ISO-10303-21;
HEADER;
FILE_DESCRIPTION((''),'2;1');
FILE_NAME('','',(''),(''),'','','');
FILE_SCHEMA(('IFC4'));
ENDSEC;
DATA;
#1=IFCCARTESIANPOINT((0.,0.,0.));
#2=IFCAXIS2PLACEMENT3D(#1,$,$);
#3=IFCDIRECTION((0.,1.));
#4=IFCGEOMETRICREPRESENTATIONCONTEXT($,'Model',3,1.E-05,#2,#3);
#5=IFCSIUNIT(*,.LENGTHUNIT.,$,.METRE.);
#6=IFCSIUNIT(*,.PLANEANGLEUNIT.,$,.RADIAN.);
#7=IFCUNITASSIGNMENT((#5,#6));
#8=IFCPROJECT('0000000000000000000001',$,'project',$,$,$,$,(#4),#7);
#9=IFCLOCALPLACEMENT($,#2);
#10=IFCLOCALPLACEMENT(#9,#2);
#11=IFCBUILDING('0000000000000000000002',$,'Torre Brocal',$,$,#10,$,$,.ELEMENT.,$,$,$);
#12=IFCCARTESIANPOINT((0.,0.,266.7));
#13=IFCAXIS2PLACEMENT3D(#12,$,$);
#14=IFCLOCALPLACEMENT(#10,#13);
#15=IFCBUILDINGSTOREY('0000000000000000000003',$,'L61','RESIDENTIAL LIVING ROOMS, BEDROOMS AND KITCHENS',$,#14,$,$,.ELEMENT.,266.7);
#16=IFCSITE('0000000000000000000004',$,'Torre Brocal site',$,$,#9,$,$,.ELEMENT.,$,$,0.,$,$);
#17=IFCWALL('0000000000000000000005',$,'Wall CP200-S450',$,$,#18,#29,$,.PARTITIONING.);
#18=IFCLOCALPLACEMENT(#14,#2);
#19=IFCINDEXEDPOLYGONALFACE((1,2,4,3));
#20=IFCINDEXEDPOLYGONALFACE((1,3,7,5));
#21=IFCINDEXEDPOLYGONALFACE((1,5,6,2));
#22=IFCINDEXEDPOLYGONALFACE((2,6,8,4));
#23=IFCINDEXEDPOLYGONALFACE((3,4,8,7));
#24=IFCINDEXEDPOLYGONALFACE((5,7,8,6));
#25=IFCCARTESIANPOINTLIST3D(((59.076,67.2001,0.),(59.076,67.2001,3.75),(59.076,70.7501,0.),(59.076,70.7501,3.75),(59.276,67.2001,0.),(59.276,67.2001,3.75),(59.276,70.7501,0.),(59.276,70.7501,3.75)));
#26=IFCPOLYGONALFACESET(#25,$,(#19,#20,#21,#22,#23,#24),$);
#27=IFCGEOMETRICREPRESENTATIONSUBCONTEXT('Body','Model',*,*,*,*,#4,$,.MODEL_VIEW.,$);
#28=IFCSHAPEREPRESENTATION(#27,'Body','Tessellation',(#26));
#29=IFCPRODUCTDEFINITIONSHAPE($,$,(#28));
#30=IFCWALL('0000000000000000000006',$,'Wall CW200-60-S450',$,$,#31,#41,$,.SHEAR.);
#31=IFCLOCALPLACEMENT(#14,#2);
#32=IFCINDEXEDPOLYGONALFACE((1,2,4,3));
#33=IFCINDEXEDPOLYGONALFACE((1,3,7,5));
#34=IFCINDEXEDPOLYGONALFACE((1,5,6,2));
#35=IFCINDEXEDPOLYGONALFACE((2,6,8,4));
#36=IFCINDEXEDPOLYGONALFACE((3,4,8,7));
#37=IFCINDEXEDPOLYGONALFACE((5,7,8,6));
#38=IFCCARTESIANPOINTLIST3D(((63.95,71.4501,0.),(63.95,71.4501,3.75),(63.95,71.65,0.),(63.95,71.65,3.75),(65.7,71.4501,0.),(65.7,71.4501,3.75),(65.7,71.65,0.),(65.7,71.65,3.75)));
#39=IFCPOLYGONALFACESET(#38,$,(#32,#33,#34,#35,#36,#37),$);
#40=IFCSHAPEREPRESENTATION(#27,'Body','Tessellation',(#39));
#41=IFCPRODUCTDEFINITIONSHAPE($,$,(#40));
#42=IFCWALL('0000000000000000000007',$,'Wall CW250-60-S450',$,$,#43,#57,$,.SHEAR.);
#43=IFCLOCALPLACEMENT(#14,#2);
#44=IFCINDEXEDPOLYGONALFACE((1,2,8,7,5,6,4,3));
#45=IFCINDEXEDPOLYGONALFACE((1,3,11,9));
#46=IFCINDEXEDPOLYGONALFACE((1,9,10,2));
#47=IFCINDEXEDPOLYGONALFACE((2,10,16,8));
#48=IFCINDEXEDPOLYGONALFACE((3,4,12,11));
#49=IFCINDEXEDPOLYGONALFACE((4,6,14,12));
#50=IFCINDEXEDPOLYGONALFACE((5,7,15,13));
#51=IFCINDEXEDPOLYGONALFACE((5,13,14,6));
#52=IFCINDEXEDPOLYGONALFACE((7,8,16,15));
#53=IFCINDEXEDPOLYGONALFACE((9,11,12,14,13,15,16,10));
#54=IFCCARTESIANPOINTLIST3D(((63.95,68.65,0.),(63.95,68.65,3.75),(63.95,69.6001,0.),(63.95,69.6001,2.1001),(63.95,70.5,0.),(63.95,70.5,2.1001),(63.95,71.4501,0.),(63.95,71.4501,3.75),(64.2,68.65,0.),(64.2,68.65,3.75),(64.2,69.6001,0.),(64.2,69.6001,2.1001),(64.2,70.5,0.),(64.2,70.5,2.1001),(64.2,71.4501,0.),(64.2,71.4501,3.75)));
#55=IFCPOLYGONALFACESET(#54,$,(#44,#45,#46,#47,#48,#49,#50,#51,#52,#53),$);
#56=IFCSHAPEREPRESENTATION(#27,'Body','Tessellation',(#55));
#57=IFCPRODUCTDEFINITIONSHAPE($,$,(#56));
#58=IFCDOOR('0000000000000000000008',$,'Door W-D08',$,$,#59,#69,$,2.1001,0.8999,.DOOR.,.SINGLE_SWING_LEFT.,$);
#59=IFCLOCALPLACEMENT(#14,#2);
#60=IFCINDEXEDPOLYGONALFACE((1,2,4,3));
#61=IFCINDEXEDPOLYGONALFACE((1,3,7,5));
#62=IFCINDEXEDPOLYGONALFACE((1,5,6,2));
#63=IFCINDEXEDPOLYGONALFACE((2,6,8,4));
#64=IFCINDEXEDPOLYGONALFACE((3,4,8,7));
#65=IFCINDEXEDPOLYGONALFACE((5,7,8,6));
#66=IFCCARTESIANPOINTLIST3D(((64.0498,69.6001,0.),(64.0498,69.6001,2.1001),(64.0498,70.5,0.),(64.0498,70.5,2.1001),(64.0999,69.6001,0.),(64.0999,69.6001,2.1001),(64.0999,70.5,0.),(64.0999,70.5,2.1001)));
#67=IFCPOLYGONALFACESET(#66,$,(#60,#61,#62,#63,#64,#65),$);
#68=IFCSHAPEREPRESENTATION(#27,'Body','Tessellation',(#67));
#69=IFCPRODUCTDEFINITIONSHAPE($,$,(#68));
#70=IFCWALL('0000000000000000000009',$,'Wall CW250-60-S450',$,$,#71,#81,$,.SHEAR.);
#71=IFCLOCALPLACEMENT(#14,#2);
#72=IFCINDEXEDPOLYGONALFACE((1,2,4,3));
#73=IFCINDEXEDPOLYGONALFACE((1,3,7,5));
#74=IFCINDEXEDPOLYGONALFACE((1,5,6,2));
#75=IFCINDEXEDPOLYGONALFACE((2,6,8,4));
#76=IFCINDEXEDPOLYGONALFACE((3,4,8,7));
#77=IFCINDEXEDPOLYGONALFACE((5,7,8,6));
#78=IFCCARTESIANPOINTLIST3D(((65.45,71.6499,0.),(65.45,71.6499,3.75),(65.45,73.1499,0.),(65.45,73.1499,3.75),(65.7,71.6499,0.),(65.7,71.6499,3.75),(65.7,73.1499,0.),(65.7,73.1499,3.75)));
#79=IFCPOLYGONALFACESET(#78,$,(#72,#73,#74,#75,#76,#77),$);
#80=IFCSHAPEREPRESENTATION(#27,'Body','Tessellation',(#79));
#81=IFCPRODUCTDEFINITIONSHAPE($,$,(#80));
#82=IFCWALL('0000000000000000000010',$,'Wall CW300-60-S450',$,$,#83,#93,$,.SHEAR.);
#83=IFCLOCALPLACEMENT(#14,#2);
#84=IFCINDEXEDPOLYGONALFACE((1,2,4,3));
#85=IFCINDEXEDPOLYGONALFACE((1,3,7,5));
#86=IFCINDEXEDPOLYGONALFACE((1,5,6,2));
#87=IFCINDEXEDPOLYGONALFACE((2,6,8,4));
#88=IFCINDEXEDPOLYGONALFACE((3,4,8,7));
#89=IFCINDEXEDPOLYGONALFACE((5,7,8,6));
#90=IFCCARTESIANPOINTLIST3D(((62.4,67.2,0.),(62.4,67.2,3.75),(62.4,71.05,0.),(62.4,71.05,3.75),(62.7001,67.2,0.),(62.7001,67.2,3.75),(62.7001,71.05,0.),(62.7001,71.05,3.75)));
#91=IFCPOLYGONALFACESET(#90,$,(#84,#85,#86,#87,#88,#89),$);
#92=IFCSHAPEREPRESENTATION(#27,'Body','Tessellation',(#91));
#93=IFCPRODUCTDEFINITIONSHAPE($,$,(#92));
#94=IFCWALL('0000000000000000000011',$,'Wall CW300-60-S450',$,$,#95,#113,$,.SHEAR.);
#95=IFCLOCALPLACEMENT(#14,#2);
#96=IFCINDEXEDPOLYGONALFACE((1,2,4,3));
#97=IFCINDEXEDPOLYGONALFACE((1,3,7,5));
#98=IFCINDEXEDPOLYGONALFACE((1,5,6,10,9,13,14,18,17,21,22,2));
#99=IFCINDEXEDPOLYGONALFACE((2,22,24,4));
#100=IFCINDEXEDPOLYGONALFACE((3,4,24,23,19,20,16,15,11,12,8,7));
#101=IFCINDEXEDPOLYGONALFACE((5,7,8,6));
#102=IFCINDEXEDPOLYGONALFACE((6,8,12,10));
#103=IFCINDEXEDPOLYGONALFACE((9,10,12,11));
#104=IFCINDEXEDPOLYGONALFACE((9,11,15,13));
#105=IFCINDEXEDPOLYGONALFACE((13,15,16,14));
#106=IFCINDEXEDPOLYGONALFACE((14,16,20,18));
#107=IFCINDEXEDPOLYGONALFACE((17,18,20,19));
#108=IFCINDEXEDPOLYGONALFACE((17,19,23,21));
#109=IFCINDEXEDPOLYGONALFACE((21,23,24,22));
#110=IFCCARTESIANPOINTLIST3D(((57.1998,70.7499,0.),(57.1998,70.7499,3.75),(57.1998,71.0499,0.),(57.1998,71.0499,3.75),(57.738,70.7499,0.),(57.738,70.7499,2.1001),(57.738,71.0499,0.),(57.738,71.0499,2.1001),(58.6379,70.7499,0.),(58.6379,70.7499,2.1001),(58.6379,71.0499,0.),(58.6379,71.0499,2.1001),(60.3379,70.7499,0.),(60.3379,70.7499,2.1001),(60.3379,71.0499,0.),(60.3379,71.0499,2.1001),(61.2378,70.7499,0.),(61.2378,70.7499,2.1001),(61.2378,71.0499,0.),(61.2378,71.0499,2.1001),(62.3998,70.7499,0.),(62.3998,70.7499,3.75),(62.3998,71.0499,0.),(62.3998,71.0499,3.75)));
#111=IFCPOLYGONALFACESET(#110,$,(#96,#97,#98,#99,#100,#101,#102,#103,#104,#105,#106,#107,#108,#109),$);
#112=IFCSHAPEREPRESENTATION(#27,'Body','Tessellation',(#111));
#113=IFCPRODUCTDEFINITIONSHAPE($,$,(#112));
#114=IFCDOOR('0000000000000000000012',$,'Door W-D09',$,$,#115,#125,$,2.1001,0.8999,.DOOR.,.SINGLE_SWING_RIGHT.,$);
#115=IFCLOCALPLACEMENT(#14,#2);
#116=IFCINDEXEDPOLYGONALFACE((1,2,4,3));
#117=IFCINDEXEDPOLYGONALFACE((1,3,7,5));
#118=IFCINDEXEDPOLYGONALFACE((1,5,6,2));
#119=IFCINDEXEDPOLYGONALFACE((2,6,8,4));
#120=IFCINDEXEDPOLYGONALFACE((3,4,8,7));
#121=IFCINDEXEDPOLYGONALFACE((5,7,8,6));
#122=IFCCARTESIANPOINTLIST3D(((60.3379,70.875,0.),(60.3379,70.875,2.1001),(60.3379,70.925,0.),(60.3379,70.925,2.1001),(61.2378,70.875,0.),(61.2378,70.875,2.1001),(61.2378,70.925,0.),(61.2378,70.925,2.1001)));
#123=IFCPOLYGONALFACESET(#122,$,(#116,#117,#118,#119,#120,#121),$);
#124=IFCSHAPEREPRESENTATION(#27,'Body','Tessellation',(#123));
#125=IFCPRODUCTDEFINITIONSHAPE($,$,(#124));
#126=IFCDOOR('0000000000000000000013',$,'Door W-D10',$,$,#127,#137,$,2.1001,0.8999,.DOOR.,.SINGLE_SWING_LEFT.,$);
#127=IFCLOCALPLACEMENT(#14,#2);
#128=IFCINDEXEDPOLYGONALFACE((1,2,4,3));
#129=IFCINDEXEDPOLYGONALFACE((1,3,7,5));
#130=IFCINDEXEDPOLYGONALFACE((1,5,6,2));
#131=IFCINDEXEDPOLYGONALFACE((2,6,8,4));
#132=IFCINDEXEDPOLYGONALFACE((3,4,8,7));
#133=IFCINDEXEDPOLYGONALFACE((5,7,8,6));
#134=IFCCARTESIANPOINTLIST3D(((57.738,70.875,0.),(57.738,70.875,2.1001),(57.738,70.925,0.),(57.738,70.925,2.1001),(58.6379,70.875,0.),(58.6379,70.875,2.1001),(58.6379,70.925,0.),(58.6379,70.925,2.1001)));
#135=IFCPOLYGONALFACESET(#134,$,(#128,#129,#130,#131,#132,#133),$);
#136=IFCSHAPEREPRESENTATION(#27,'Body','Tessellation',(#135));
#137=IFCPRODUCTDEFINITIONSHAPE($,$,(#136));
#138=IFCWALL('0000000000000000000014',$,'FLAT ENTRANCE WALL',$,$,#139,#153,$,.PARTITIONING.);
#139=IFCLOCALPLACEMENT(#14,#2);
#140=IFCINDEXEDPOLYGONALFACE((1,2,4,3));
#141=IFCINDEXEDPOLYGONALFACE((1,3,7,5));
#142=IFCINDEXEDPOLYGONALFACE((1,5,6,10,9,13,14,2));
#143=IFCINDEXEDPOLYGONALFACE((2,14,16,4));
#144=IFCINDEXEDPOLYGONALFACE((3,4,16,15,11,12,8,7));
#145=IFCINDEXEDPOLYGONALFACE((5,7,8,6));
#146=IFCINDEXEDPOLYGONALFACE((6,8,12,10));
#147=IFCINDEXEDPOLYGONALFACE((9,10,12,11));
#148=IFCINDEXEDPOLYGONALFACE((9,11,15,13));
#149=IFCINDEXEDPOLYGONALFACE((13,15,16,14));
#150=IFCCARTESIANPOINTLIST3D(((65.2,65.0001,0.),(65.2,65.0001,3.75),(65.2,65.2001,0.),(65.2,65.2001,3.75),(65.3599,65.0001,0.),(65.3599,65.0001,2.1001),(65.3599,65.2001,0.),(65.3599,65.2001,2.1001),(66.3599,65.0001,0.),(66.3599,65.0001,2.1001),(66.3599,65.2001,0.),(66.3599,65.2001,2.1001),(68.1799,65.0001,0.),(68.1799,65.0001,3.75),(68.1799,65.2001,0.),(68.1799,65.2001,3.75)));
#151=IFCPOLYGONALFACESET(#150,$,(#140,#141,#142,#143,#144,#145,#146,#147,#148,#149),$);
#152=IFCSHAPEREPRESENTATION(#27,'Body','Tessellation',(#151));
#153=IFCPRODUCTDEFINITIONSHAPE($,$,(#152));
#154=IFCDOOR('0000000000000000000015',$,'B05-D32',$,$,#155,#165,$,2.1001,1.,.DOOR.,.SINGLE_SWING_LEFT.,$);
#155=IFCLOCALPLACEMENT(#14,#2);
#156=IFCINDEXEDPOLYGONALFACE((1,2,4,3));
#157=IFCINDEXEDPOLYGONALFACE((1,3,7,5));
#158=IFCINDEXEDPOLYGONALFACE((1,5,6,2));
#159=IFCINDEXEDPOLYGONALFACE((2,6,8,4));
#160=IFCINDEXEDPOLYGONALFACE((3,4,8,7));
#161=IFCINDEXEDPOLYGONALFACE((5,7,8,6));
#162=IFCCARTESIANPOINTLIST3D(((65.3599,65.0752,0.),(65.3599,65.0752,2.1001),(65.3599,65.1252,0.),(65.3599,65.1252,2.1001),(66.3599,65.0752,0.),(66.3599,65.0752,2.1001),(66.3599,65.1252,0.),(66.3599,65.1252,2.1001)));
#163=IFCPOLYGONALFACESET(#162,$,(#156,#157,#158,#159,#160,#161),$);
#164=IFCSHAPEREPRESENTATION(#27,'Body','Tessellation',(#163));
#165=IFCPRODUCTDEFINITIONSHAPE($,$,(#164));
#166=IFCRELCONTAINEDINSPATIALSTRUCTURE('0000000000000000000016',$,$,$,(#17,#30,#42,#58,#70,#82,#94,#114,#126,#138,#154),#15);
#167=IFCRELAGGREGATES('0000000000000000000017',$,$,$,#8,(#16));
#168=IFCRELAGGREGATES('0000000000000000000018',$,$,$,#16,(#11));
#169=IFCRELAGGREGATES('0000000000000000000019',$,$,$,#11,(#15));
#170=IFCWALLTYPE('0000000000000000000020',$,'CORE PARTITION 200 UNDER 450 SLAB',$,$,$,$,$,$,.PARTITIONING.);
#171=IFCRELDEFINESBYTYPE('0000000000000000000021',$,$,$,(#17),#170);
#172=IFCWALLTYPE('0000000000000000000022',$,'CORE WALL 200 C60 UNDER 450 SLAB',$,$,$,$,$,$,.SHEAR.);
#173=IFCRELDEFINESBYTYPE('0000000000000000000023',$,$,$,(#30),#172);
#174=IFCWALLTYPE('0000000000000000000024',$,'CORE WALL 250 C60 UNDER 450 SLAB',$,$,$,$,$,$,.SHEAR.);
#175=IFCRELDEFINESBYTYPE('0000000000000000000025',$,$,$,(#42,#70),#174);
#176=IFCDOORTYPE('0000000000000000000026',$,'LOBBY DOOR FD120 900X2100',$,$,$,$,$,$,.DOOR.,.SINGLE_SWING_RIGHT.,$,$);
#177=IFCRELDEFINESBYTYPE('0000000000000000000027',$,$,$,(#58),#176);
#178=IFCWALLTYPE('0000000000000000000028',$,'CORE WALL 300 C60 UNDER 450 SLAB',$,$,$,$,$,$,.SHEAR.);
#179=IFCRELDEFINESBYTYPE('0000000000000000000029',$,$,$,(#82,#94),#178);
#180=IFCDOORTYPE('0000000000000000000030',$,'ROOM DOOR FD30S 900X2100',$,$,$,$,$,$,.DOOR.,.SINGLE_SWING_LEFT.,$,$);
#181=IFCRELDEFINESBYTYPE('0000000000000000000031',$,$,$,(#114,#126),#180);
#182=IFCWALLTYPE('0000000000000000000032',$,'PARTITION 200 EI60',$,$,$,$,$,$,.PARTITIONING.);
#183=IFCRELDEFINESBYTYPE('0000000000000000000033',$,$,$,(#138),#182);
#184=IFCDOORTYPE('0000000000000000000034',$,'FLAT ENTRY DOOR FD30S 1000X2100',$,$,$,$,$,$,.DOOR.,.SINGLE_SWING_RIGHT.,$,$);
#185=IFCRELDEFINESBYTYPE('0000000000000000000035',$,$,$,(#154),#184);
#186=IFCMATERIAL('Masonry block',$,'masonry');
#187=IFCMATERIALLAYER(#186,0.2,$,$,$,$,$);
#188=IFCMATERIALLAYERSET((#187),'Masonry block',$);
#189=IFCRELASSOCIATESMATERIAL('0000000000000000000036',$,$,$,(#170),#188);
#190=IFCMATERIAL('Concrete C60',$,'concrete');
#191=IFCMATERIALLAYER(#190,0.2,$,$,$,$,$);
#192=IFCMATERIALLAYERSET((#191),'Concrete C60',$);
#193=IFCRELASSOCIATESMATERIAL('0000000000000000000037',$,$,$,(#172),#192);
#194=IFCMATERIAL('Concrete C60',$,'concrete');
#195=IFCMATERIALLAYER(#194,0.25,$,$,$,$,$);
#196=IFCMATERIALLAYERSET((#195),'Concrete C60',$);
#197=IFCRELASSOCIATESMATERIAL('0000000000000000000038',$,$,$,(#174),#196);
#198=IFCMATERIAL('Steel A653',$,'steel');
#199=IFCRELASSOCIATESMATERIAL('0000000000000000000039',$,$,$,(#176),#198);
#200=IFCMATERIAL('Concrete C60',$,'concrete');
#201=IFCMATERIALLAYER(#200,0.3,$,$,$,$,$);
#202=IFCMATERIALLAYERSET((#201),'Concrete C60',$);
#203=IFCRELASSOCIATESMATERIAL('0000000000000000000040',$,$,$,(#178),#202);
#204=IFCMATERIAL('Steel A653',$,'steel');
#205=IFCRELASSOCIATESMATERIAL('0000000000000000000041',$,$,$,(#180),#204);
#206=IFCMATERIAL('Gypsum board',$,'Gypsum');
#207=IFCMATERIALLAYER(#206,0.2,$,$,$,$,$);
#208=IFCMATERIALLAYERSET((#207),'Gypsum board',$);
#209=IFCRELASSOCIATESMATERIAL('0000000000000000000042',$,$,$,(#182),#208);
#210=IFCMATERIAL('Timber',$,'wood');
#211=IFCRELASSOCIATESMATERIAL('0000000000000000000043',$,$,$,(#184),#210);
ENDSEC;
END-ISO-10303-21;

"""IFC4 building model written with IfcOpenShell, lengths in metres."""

from ifc_helpers import new_model, si_unit, direction, frame, frame_2d, origin, place, context, subcontext, project, spatial, rectangle, extrude, material, layer, layer_set, type_object, element, fill, save


model = new_model("IFC4")

# Units and contexts
model_context = context("Model", 3, precision=1e-05, world=origin(), true_north=direction((0.0, 1.0)))
body_context = subcontext(model_context, "Body", "Model", "MODEL_VIEW")
ifc_project = project(units=[si_unit("LENGTHUNIT", "METRE"), si_unit("PLANEANGLEUNIT", "RADIAN")], contexts=[model_context])

# Site, building, storey
site_placement = place(None, origin())
site = spatial("IfcSite", under=ifc_project, at=site_placement, Name="Torre Brocal site", CompositionType="ELEMENT", RefElevation=0.0)
building_placement = place(site_placement, origin())
building = spatial("IfcBuilding", under=site, at=building_placement, Name="Torre Brocal", CompositionType="ELEMENT")
storey_placement = place(building_placement, frame((0.0, 0.0, 266.7)))
storey = spatial("IfcBuildingStorey", under=building, at=storey_placement, Name="L61", Description="RESIDENTIAL LIVING ROOMS, BEDROOMS AND KITCHENS", CompositionType="ELEMENT", Elevation=266.7)

# Walls
ifc_material_1 = material(Name="Masonry block", Category="masonry")
ifc_layer_1 = layer(ifc_material_1, 0.2)
ifc_layer_set_1 = layer_set([ifc_layer_1], Name="Masonry block")
wall_type_1 = type_object("IfcWallType", Name="CORE PARTITION 200 UNDER 450 SLAB", PredefinedType="PARTITIONING", material=ifc_layer_set_1)
wall_1_placement = place(storey_placement, frame((59.176, 70.75, 0.0), z_axis=(0.0, 0.0, 1.0), x_axis=(0.0, -1.0, 0.0)))
element("IfcWall", 1, at=wall_1_placement, inside=storey, type_object=wall_type_1, Name="Wall CP200-S450", PredefinedType="PARTITIONING", context=body_context, shape_type="SweptSolid", body=[
    extrude(rectangle(XDim=3.55, YDim=0.2, at=frame_2d((1.7749, 0.0))), origin(), (0.0, 0.0, 1.0), 3.75),
])
ifc_material_2 = material(Name="Concrete C60", Category="concrete")
ifc_layer_2 = layer(ifc_material_2, 0.2)
ifc_layer_set_2 = layer_set([ifc_layer_2], Name="Concrete C60")
wall_type_2 = type_object("IfcWallType", Name="CORE WALL 200 C60 UNDER 450 SLAB", PredefinedType="SHEAR", material=ifc_layer_set_2)
wall_2_placement = place(storey_placement, frame((65.7, 71.55, 0.0), z_axis=(0.0, 0.0, 1.0), x_axis=(-1.0, 0.0, 0.0)))
element("IfcWall", 2, at=wall_2_placement, inside=storey, type_object=wall_type_2, Name="Wall CW200-60-S450", PredefinedType="SHEAR", context=body_context, shape_type="SweptSolid", body=[
    extrude(rectangle(XDim=1.75, YDim=0.2, at=frame_2d((0.875, 0.0))), origin(), (0.0, 0.0, 1.0), 3.75),
])

# Wall, opening, door
ifc_material_3 = material(Name="Concrete C60", Category="concrete")
ifc_layer_3 = layer(ifc_material_3, 0.25)
ifc_layer_set_3 = layer_set([ifc_layer_3], Name="Concrete C60")
wall_type_3 = type_object("IfcWallType", Name="CORE WALL 250 C60 UNDER 450 SLAB", PredefinedType="SHEAR", material=ifc_layer_set_3)
wall_3_placement = place(storey_placement, frame((64.075, 71.45, 0.0), z_axis=(0.0, 0.0, 1.0), x_axis=(0.0, -1.0, 0.0)))
wall_3 = element("IfcWall", 3, at=wall_3_placement, inside=storey, type_object=wall_type_3, Name="Wall CW250-60-S450", PredefinedType="SHEAR", context=body_context, shape_type="SweptSolid", body=[
    extrude(rectangle(XDim=2.8, YDim=0.25, at=frame_2d((1.3999, 0.0))), origin(), (0.0, 0.0, 1.0), 3.75),
])
opening_1_placement = place(wall_3_placement, frame((0.95, 0.0, 0.0)))
opening_1 = element("IfcOpeningElement", 4, at=opening_1_placement, cuts=wall_3, PredefinedType="OPENING", context=body_context, shape_type="SweptSolid", body=[
    extrude(rectangle(XDim=0.8999, YDim=2.1001, at=frame_2d((0.45, 1.05))), frame((0.0, 0.135, 0.0), z_axis=(0.0, -1.0, 0.0), x_axis=(1.0, 0.0, 0.0)), (0.0, 0.0, 1.0), 0.27),
])
ifc_material_4 = material(Name="Steel A653", Category="steel")
door_type_1 = type_object("IfcDoorType", Name="LOBBY DOOR FD120 900X2100", OperationType="SINGLE_SWING_RIGHT", PredefinedType="DOOR", material=ifc_material_4)
door_1_placement = place(opening_1_placement, origin())
door_1 = element("IfcDoor", 5, at=door_1_placement, inside=storey, type_object=door_type_1, Name="Door W-D08", OperationType="SINGLE_SWING_LEFT", OverallHeight=2.1001, OverallWidth=0.8999, PredefinedType="DOOR", context=body_context, shape_type="SweptSolid", body=[
    extrude(rectangle(XDim=0.8999, YDim=2.1001, at=frame_2d((0.45, 1.05))), frame((0.0, 0.0249, 0.0), z_axis=(0.0, -1.0, 0.0), x_axis=(1.0, 0.0, 0.0)), (0.0, 0.0, 1.0), 0.05),
])
fill(opening_1, door_1)

# Walls
wall_4_placement = place(storey_placement, frame((65.575, 73.1499, 0.0), z_axis=(0.0, 0.0, 1.0), x_axis=(0.0, -1.0, 0.0)))
element("IfcWall", 6, at=wall_4_placement, inside=storey, type_object=wall_type_3, Name="Wall CW250-60-S450", PredefinedType="SHEAR", context=body_context, shape_type="SweptSolid", body=[
    extrude(rectangle(XDim=1.5, YDim=0.25, at=frame_2d((0.75, 0.0))), origin(), (0.0, 0.0, 1.0), 3.75),
])
ifc_material_5 = material(Name="Concrete C60", Category="concrete")
ifc_layer_4 = layer(ifc_material_5, 0.3)
ifc_layer_set_4 = layer_set([ifc_layer_4], Name="Concrete C60")
wall_type_4 = type_object("IfcWallType", Name="CORE WALL 300 C60 UNDER 450 SLAB", PredefinedType="SHEAR", material=ifc_layer_set_4)
wall_5_placement = place(storey_placement, frame((62.55, 71.05, 0.0), z_axis=(0.0, 0.0, 1.0), x_axis=(0.0, -1.0, 0.0)))
element("IfcWall", 7, at=wall_5_placement, inside=storey, type_object=wall_type_4, Name="Wall CW300-60-S450", PredefinedType="SHEAR", context=body_context, shape_type="SweptSolid", body=[
    extrude(rectangle(XDim=3.8501, YDim=0.3, at=frame_2d((1.925, 0.0))), origin(), (0.0, 0.0, 1.0), 3.75),
])

# Wall, openings, doors
wall_6_placement = place(storey_placement, frame((62.3999, 70.8999, 0.0), z_axis=(0.0, 0.0, 1.0), x_axis=(-1.0, 0.0, 0.0)))
wall_6 = element("IfcWall", 8, at=wall_6_placement, inside=storey, type_object=wall_type_4, Name="Wall CW300-60-S450", PredefinedType="SHEAR", context=body_context, shape_type="SweptSolid", body=[
    extrude(rectangle(XDim=5.2, YDim=0.3, at=frame_2d((2.6001, 0.0))), origin(), (0.0, 0.0, 1.0), 3.75),
])
opening_2_placement = place(wall_6_placement, frame((1.1621, 0.0, 0.0)))
opening_2 = element("IfcOpeningElement", 9, at=opening_2_placement, cuts=wall_6, PredefinedType="OPENING", context=body_context, shape_type="SweptSolid", body=[
    extrude(rectangle(XDim=0.8999, YDim=2.1001, at=frame_2d((0.45, 1.05))), frame((0.0, 0.1599, 0.0), z_axis=(0.0, -1.0, 0.0), x_axis=(1.0, 0.0, 0.0)), (0.0, 0.0, 1.0), 0.3201),
])
opening_3_placement = place(wall_6_placement, frame((3.762, 0.0, 0.0)))
opening_3 = element("IfcOpeningElement", 10, at=opening_3_placement, cuts=wall_6, PredefinedType="OPENING", context=body_context, shape_type="SweptSolid", body=[
    extrude(rectangle(XDim=0.8999, YDim=2.1001, at=frame_2d((0.45, 1.05))), frame((0.0, 0.1599, 0.0), z_axis=(0.0, -1.0, 0.0), x_axis=(1.0, 0.0, 0.0)), (0.0, 0.0, 1.0), 0.3201),
])
ifc_material_6 = material(Name="Steel A653", Category="steel")
door_type_2 = type_object("IfcDoorType", Name="ROOM DOOR FD30S 900X2100", OperationType="SINGLE_SWING_LEFT", PredefinedType="DOOR", material=ifc_material_6)
door_2_placement = place(opening_2_placement, origin())
door_2 = element("IfcDoor", 11, at=door_2_placement, inside=storey, type_object=door_type_2, Name="Door W-D09", OperationType="SINGLE_SWING_RIGHT", OverallHeight=2.1001, OverallWidth=0.8999, PredefinedType="DOOR", context=body_context, shape_type="SweptSolid", body=[
    extrude(rectangle(XDim=0.8999, YDim=2.1001, at=frame_2d((0.45, 1.05))), frame((0.0, 0.0249, 0.0), z_axis=(0.0, -1.0, 0.0), x_axis=(1.0, 0.0, 0.0)), (0.0, 0.0, 1.0), 0.05),
])
fill(opening_2, door_2)
door_3_placement = place(opening_3_placement, origin())
door_3 = element("IfcDoor", 12, at=door_3_placement, inside=storey, type_object=door_type_2, Name="Door W-D10", OperationType="SINGLE_SWING_LEFT", OverallHeight=2.1001, OverallWidth=0.8999, PredefinedType="DOOR", context=body_context, shape_type="SweptSolid", body=[
    extrude(rectangle(XDim=0.8999, YDim=2.1001, at=frame_2d((0.45, 1.05))), frame((0.0, 0.0249, 0.0), z_axis=(0.0, -1.0, 0.0), x_axis=(1.0, 0.0, 0.0)), (0.0, 0.0, 1.0), 0.05),
])
fill(opening_3, door_3)

# Wall, opening, door
ifc_material_7 = material(Name="Gypsum board", Category="Gypsum")
ifc_layer_5 = layer(ifc_material_7, 0.2)
ifc_layer_set_5 = layer_set([ifc_layer_5], Name="Gypsum board")
wall_type_5 = type_object("IfcWallType", Name="PARTITION 200 EI60", PredefinedType="PARTITIONING", material=ifc_layer_set_5)
wall_7_placement = place(storey_placement, frame((65.2, 65.1001, 0.0), z_axis=(0.0, 0.0, 1.0), x_axis=(1.0, 0.0, 0.0)))
wall_7 = element("IfcWall", 13, at=wall_7_placement, inside=storey, type_object=wall_type_5, Name="FLAT ENTRANCE WALL", PredefinedType="PARTITIONING", context=body_context, shape_type="SweptSolid", body=[
    extrude(rectangle(XDim=2.98, YDim=0.2, at=frame_2d((1.49, 0.0))), origin(), (0.0, 0.0, 1.0), 3.75),
])
opening_4_placement = place(wall_7_placement, frame((0.1599, 0.0, 0.0)))
opening_4 = element("IfcOpeningElement", 14, at=opening_4_placement, cuts=wall_7, PredefinedType="OPENING", context=body_context, shape_type="SweptSolid", body=[
    extrude(rectangle(XDim=1.0, YDim=2.1001, at=frame_2d((0.5, 1.05))), frame((0.0, 0.1099, 0.0), z_axis=(0.0, -1.0, 0.0), x_axis=(1.0, 0.0, 0.0)), (0.0, 0.0, 1.0), 0.22),
])
ifc_material_8 = material(Name="Timber", Category="wood")
door_type_3 = type_object("IfcDoorType", Name="FLAT ENTRY DOOR FD30S 1000X2100", OperationType="SINGLE_SWING_RIGHT", PredefinedType="DOOR", material=ifc_material_8)
door_4_placement = place(opening_4_placement, frame((1.0, 0.0, 0.0), z_axis=(0.0, 0.0, 1.0), x_axis=(-1.0, 0.0, 0.0)))
door_4 = element("IfcDoor", 15, at=door_4_placement, inside=storey, type_object=door_type_3, Name="B05-D32", OperationType="SINGLE_SWING_LEFT", OverallHeight=2.1001, OverallWidth=1.0, PredefinedType="DOOR", context=body_context, shape_type="SweptSolid", body=[
    extrude(rectangle(XDim=1.0, YDim=2.1001, at=frame_2d((0.5, 1.05))), frame((0.0, 0.0249, 0.0), z_axis=(0.0, -1.0, 0.0), x_axis=(1.0, 0.0, 0.0)), (0.0, 0.0, 1.0), 0.05),
])
fill(opening_4, door_4)

save(model, "model.ifc")
